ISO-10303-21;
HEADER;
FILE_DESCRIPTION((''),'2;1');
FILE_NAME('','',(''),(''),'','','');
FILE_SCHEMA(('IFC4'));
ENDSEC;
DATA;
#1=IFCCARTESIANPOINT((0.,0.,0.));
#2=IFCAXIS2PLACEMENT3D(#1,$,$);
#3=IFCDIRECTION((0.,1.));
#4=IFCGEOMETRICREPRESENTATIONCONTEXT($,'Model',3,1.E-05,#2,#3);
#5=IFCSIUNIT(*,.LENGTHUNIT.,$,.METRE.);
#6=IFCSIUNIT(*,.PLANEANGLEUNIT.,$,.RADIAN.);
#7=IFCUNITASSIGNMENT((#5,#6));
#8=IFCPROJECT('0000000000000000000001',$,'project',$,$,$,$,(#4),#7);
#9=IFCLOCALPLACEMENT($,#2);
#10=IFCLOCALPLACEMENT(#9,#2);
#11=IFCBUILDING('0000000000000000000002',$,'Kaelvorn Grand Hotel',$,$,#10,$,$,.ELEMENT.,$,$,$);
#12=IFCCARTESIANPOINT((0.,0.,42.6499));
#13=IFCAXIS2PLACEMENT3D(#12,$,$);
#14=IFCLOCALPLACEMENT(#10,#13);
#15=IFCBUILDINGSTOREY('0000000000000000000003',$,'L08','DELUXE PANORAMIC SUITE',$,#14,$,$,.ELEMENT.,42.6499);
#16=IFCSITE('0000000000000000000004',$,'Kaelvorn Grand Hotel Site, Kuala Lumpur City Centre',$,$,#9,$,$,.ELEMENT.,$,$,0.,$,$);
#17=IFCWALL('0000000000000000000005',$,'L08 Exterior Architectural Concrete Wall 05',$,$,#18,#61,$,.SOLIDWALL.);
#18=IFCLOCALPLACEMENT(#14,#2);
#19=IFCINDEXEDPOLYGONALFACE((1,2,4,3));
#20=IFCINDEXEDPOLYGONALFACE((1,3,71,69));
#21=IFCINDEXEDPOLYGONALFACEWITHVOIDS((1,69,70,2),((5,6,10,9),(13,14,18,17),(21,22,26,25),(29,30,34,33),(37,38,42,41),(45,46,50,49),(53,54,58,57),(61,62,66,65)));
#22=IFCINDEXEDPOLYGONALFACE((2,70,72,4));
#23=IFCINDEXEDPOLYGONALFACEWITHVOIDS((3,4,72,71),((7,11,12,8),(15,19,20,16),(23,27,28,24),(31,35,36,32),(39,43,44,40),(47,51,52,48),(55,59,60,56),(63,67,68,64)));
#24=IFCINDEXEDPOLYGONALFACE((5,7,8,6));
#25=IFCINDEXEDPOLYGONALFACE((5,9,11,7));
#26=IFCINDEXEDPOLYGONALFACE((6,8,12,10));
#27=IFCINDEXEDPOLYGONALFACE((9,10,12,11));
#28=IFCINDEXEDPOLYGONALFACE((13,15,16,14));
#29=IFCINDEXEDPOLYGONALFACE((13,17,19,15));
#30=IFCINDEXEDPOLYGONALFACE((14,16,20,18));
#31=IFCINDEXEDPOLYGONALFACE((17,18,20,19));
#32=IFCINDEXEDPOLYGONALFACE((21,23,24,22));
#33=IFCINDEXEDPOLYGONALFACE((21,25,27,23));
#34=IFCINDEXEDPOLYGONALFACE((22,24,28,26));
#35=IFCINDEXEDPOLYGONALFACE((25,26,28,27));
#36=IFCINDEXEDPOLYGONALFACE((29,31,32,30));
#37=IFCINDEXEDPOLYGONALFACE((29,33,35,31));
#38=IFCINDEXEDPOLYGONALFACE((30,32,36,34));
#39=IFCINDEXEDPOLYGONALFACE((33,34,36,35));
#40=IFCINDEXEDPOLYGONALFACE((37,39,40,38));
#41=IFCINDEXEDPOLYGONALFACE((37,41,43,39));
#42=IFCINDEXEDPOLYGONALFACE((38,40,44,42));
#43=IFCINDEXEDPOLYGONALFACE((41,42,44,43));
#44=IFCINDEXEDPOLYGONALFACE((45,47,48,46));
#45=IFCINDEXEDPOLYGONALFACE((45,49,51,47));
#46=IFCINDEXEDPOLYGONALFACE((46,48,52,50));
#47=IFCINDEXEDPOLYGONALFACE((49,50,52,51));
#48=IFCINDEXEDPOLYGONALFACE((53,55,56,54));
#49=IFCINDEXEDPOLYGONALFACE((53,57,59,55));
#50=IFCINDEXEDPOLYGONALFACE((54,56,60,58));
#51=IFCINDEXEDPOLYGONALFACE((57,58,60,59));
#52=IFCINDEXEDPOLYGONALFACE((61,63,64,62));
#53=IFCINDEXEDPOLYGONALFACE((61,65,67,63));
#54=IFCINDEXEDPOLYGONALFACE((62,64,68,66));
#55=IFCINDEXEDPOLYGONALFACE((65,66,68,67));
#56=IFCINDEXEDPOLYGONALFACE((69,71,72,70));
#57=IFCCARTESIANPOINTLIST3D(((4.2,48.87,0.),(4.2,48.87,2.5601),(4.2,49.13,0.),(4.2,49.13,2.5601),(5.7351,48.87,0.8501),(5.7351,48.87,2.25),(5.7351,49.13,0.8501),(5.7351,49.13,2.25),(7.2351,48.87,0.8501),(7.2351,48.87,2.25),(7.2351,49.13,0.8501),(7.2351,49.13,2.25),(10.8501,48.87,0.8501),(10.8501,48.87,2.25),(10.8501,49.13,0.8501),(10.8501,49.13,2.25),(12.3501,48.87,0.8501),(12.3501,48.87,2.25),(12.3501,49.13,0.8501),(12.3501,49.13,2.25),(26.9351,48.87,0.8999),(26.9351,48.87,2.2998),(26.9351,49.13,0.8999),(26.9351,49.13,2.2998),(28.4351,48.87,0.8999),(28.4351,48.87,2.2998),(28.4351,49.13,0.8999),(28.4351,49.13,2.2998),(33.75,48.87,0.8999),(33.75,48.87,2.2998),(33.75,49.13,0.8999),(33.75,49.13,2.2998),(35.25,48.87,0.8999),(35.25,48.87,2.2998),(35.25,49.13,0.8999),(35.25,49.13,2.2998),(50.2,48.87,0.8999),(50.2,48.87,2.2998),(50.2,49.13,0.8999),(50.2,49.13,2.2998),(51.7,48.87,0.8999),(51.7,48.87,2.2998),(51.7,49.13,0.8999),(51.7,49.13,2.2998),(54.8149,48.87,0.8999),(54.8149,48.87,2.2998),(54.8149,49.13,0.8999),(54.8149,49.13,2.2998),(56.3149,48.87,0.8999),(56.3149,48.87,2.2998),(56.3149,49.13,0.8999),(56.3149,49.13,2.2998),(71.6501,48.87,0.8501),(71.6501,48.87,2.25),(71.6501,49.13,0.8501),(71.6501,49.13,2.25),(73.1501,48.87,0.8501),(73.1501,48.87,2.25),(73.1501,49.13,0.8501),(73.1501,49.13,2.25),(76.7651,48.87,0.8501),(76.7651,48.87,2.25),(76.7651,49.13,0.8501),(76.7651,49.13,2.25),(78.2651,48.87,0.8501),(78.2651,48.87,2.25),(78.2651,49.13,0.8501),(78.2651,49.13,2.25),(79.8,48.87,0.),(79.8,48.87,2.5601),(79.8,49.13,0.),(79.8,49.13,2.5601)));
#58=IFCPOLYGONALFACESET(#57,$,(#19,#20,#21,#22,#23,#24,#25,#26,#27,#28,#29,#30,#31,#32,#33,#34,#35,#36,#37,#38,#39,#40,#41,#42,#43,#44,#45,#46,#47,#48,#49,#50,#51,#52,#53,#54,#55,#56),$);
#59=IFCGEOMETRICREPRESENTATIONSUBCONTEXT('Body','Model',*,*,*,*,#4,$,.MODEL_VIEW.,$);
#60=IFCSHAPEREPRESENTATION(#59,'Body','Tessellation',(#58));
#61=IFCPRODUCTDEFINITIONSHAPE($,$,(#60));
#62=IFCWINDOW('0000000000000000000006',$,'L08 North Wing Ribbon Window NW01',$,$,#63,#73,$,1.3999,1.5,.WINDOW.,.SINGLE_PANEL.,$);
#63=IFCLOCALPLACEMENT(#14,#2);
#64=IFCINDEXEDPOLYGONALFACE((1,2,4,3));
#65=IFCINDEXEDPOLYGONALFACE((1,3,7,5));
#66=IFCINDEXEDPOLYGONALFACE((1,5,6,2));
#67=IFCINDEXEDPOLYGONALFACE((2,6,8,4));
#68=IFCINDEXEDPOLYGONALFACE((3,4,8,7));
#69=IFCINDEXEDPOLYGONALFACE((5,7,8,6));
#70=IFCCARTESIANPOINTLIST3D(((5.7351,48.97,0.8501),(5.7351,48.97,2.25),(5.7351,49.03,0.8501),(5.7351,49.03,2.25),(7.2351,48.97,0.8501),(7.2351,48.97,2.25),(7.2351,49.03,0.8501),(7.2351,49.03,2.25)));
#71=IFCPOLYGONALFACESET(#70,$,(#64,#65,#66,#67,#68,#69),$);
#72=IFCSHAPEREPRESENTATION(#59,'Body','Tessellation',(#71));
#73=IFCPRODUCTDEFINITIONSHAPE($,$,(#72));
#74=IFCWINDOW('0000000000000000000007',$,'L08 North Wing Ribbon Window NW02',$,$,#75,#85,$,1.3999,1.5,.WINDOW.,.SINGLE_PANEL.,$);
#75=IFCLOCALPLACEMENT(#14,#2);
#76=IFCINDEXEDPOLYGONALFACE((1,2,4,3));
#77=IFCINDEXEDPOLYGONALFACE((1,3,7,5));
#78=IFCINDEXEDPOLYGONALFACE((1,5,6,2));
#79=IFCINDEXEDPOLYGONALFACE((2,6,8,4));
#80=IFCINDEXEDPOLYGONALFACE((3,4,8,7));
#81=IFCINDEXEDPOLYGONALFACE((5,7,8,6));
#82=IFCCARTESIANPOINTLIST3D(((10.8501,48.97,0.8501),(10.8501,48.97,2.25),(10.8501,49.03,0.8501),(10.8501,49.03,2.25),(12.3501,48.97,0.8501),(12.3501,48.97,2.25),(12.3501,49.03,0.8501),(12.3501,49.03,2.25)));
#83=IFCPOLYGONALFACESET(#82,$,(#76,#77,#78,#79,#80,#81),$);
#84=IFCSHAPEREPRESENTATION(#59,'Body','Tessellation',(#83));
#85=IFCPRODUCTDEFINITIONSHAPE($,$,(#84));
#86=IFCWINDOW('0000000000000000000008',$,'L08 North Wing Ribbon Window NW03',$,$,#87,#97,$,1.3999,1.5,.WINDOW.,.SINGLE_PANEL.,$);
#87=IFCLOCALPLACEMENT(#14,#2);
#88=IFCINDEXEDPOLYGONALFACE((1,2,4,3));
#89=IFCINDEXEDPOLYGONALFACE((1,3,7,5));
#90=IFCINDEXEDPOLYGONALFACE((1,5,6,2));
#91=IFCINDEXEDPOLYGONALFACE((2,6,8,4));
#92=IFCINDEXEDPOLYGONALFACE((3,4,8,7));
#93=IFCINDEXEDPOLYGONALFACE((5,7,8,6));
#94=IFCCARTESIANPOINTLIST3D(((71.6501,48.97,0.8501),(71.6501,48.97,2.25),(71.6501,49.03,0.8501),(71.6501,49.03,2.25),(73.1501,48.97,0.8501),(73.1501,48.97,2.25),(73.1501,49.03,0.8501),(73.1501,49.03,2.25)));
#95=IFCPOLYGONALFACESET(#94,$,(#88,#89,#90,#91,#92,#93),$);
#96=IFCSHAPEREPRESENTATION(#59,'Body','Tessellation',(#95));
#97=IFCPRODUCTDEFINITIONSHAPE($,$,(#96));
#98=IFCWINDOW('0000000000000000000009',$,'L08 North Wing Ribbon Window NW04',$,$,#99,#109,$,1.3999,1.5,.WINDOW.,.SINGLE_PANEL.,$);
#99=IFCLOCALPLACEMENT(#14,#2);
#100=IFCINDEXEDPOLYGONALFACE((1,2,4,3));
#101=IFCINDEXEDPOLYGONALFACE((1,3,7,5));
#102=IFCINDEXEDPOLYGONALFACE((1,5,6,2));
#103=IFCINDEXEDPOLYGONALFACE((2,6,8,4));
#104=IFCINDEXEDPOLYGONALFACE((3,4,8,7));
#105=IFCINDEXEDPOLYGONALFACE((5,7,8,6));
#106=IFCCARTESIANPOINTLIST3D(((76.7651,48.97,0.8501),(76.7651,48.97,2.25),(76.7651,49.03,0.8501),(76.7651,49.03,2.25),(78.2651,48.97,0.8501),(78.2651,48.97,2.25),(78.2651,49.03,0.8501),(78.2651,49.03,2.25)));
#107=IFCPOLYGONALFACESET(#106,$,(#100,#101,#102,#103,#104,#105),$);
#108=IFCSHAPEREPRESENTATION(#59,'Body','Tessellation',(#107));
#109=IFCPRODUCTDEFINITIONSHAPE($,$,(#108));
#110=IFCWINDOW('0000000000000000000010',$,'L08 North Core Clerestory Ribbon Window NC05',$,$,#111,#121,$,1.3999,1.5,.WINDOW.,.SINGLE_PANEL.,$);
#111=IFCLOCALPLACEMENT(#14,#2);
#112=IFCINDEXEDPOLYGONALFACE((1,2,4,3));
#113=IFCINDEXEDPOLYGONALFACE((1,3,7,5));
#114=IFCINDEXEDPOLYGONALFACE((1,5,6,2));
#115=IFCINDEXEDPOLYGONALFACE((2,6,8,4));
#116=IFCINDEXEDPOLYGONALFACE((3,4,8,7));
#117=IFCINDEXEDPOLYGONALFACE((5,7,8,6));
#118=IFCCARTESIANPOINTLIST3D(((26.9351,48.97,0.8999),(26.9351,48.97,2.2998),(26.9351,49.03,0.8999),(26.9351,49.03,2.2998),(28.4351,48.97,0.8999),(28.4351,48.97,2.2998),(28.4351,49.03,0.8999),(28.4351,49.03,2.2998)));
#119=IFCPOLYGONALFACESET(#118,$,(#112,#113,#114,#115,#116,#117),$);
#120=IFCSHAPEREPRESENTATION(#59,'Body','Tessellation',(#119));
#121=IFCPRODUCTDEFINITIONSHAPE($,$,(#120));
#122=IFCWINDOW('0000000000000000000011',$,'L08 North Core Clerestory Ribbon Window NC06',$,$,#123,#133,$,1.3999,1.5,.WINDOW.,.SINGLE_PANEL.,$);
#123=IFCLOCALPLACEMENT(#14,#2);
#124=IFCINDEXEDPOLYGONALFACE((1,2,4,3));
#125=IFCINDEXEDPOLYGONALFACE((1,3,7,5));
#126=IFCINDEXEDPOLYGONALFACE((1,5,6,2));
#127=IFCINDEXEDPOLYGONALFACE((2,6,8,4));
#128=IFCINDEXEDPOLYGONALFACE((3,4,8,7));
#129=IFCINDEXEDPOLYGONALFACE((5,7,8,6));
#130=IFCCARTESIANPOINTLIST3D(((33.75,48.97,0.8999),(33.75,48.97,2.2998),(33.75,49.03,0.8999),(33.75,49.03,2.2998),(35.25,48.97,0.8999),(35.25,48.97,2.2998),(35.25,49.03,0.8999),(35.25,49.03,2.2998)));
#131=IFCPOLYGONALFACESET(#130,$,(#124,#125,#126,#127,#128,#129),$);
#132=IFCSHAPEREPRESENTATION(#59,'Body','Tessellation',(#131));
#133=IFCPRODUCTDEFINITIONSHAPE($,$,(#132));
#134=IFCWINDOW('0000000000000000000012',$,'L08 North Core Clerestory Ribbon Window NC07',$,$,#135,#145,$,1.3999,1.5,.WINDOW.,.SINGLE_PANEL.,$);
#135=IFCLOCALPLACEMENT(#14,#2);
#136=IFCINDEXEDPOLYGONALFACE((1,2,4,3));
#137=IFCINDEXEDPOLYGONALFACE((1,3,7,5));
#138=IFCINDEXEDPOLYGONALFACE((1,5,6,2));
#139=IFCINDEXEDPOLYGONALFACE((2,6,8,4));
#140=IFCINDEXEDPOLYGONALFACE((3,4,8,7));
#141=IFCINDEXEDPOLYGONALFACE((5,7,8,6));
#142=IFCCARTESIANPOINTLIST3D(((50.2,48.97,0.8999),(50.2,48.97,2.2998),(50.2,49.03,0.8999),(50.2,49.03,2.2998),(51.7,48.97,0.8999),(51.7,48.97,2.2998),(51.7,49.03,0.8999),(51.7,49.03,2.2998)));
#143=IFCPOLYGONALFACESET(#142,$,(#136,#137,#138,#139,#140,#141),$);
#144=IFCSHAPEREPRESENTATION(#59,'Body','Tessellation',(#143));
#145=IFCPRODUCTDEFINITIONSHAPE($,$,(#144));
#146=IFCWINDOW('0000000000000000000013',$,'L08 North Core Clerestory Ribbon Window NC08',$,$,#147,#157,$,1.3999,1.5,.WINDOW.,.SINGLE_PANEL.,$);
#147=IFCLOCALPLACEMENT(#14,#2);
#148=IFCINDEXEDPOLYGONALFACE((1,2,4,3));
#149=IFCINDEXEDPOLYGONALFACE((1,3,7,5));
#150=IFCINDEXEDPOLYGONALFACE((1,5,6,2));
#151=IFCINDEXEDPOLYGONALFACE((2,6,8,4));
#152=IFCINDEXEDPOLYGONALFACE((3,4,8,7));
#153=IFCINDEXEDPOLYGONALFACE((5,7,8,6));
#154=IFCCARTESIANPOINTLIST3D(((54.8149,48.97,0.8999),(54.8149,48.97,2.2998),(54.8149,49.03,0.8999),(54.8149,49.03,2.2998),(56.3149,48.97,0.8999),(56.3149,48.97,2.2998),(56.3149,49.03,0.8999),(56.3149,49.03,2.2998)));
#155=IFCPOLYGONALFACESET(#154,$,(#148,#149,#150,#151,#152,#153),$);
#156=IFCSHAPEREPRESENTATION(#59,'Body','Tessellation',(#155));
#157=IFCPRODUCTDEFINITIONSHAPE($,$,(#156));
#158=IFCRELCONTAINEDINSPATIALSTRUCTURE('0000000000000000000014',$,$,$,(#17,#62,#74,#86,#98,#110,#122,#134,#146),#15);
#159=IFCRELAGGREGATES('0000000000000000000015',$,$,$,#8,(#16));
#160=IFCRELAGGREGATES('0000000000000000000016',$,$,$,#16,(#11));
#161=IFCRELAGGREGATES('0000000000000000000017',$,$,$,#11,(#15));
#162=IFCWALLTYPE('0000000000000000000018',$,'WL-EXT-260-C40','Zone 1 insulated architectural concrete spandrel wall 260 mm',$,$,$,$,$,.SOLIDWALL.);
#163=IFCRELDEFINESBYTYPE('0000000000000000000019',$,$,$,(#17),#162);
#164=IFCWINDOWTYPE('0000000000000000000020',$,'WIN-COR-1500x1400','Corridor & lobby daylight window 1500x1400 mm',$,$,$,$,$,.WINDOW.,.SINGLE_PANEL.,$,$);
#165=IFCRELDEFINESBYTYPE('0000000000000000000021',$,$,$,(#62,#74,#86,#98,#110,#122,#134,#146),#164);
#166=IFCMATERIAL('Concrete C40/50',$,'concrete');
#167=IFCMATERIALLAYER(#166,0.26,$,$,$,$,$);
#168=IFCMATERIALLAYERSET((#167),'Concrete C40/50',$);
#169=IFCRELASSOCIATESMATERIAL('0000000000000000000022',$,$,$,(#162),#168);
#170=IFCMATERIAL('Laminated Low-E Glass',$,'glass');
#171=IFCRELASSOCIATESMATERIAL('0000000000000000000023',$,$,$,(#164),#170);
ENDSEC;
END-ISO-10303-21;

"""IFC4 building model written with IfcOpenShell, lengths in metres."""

from ifc_helpers import new_model, si_unit, direction, frame, frame_2d, origin, place, context, subcontext, project, spatial, rectangle, extrude, material, layer, layer_set, type_object, element, fill, save


model = new_model("IFC4")

# Units and contexts
model_context = context("Model", 3, precision=1e-05, world=origin(), true_north=direction((0.0, 1.0)))
body_context = subcontext(model_context, "Body", "Model", "MODEL_VIEW")
ifc_project = project(units=[si_unit("LENGTHUNIT", "METRE"), si_unit("PLANEANGLEUNIT", "RADIAN")], contexts=[model_context])

# Site, building, storey
site_placement = place(None, origin())
site = spatial("IfcSite", under=ifc_project, at=site_placement, Name="Kaelvorn Grand Hotel Site, Kuala Lumpur City Centre", CompositionType="ELEMENT", RefElevation=0.0)
building_placement = place(site_placement, origin())
building = spatial("IfcBuilding", under=site, at=building_placement, Name="Kaelvorn Grand Hotel", CompositionType="ELEMENT")
storey_placement = place(building_placement, frame((0.0, 0.0, 42.6499)))
storey = spatial("IfcBuildingStorey", under=building, at=storey_placement, Name="L08", Description="DELUXE PANORAMIC SUITE", CompositionType="ELEMENT", Elevation=42.6499)

# Shared definitions
ifc_material_1 = material(Name="Concrete C40/50", Category="concrete")
ifc_layer_1 = layer(ifc_material_1, 0.26)
ifc_layer_set_1 = layer_set([ifc_layer_1], Name="Concrete C40/50")
wall_type_1 = type_object("IfcWallType", Name="WL-EXT-260-C40", Description="Zone 1 insulated architectural concrete spandrel wall 260 mm", PredefinedType="SOLIDWALL", material=ifc_layer_set_1)

# Wall, openings, windows
wall_1_placement = place(storey_placement, frame((79.8, 49.0, 0.0), z_axis=(0.0, 0.0, 1.0), x_axis=(-1.0, 0.0, 0.0)))
wall_1 = element("IfcWall", 1, at=wall_1_placement, inside=storey, type_object=wall_type_1, Name="L08 Exterior Architectural Concrete Wall 05", PredefinedType="SOLIDWALL", context=body_context, shape_type="SweptSolid", body=[
    extrude(rectangle(XDim=75.6001, YDim=0.26, at=frame_2d((37.8, 0.0))), origin(), (0.0, 0.0, 1.0), 2.5601),
])
opening_1_placement = place(wall_1_placement, frame((72.5649, 0.0, 0.8501)))
opening_1 = element("IfcOpeningElement", 2, at=opening_1_placement, cuts=wall_1, PredefinedType="OPENING", context=body_context, shape_type="SweptSolid", body=[
    extrude(rectangle(XDim=1.5, YDim=1.3999, at=frame_2d((0.75, 0.7))), frame((0.0, 0.1401, 0.0), z_axis=(0.0, -1.0, 0.0), x_axis=(1.0, 0.0, 0.0)), (0.0, 0.0, 1.0), 0.28),
])
opening_2_placement = place(wall_1_placement, frame((67.45, 0.0, 0.8501)))
opening_2 = element("IfcOpeningElement", 3, at=opening_2_placement, cuts=wall_1, PredefinedType="OPENING", context=body_context, shape_type="SweptSolid", body=[
    extrude(rectangle(XDim=1.5, YDim=1.3999, at=frame_2d((0.75, 0.7))), frame((0.0, 0.1401, 0.0), z_axis=(0.0, -1.0, 0.0), x_axis=(1.0, 0.0, 0.0)), (0.0, 0.0, 1.0), 0.28),
])
opening_3_placement = place(wall_1_placement, frame((6.6499, 0.0, 0.8501)))
opening_3 = element("IfcOpeningElement", 4, at=opening_3_placement, cuts=wall_1, PredefinedType="OPENING", context=body_context, shape_type="SweptSolid", body=[
    extrude(rectangle(XDim=1.5, YDim=1.3999, at=frame_2d((0.75, 0.7))), frame((0.0, 0.1401, 0.0), z_axis=(0.0, -1.0, 0.0), x_axis=(1.0, 0.0, 0.0)), (0.0, 0.0, 1.0), 0.28),
])
opening_4_placement = place(wall_1_placement, frame((1.5349, 0.0, 0.8501)))
opening_4 = element("IfcOpeningElement", 5, at=opening_4_placement, cuts=wall_1, PredefinedType="OPENING", context=body_context, shape_type="SweptSolid", body=[
    extrude(rectangle(XDim=1.5, YDim=1.3999, at=frame_2d((0.75, 0.7))), frame((0.0, 0.1401, 0.0), z_axis=(0.0, -1.0, 0.0), x_axis=(1.0, 0.0, 0.0)), (0.0, 0.0, 1.0), 0.28),
])
opening_5_placement = place(wall_1_placement, frame((51.365, 0.0, 0.8999)))
opening_5 = element("IfcOpeningElement", 6, at=opening_5_placement, cuts=wall_1, PredefinedType="OPENING", context=body_context, shape_type="SweptSolid", body=[
    extrude(rectangle(XDim=1.5, YDim=1.3999, at=frame_2d((0.75, 0.7))), frame((0.0, 0.1401, 0.0), z_axis=(0.0, -1.0, 0.0), x_axis=(1.0, 0.0, 0.0)), (0.0, 0.0, 1.0), 0.28),
])
opening_6_placement = place(wall_1_placement, frame((44.55, 0.0, 0.8999)))
opening_6 = element("IfcOpeningElement", 7, at=opening_6_placement, cuts=wall_1, PredefinedType="OPENING", context=body_context, shape_type="SweptSolid", body=[
    extrude(rectangle(XDim=1.5, YDim=1.3999, at=frame_2d((0.75, 0.7))), frame((0.0, 0.1401, 0.0), z_axis=(0.0, -1.0, 0.0), x_axis=(1.0, 0.0, 0.0)), (0.0, 0.0, 1.0), 0.28),
])
opening_7_placement = place(wall_1_placement, frame((28.1001, 0.0, 0.8999)))
opening_7 = element("IfcOpeningElement", 8, at=opening_7_placement, cuts=wall_1, PredefinedType="OPENING", context=body_context, shape_type="SweptSolid", body=[
    extrude(rectangle(XDim=1.5, YDim=1.3999, at=frame_2d((0.75, 0.7))), frame((0.0, 0.1401, 0.0), z_axis=(0.0, -1.0, 0.0), x_axis=(1.0, 0.0, 0.0)), (0.0, 0.0, 1.0), 0.28),
])
opening_8_placement = place(wall_1_placement, frame((23.4851, 0.0, 0.8999)))
opening_8 = element("IfcOpeningElement", 9, at=opening_8_placement, cuts=wall_1, PredefinedType="OPENING", context=body_context, shape_type="SweptSolid", body=[
    extrude(rectangle(XDim=1.5, YDim=1.3999, at=frame_2d((0.75, 0.7))), frame((0.0, 0.1401, 0.0), z_axis=(0.0, -1.0, 0.0), x_axis=(1.0, 0.0, 0.0)), (0.0, 0.0, 1.0), 0.28),
])
ifc_material_2 = material(Name="Laminated Low-E Glass", Category="glass")
window_type = type_object("IfcWindowType", Name="WIN-COR-1500x1400", Description="Corridor & lobby daylight window 1500x1400 mm", PartitioningType="SINGLE_PANEL", PredefinedType="WINDOW", material=ifc_material_2)
window_1_placement = place(opening_1_placement, origin())
window_1 = element("IfcWindow", 10, at=window_1_placement, inside=storey, type_object=window_type, Name="L08 North Wing Ribbon Window NW01", OverallHeight=1.3999, OverallWidth=1.5, PartitioningType="SINGLE_PANEL", PredefinedType="WINDOW", context=body_context, shape_type="SweptSolid", body=[
    extrude(rectangle(XDim=1.5, YDim=1.3999, at=frame_2d((0.75, 0.7))), frame((0.0, 0.03, 0.0), z_axis=(0.0, -1.0, 0.0), x_axis=(1.0, 0.0, 0.0)), (0.0, 0.0, 1.0), 0.0601),
])
fill(opening_1, window_1)
window_2_placement = place(opening_2_placement, origin())
window_2 = element("IfcWindow", 11, at=window_2_placement, inside=storey, type_object=window_type, Name="L08 North Wing Ribbon Window NW02", OverallHeight=1.3999, OverallWidth=1.5, PartitioningType="SINGLE_PANEL", PredefinedType="WINDOW", context=body_context, shape_type="SweptSolid", body=[
    extrude(rectangle(XDim=1.5, YDim=1.3999, at=frame_2d((0.75, 0.7))), frame((0.0, 0.03, 0.0), z_axis=(0.0, -1.0, 0.0), x_axis=(1.0, 0.0, 0.0)), (0.0, 0.0, 1.0), 0.0601),
])
fill(opening_2, window_2)
window_3_placement = place(opening_3_placement, origin())
window_3 = element("IfcWindow", 12, at=window_3_placement, inside=storey, type_object=window_type, Name="L08 North Wing Ribbon Window NW03", OverallHeight=1.3999, OverallWidth=1.5, PartitioningType="SINGLE_PANEL", PredefinedType="WINDOW", context=body_context, shape_type="SweptSolid", body=[
    extrude(rectangle(XDim=1.5, YDim=1.3999, at=frame_2d((0.75, 0.7))), frame((0.0, 0.03, 0.0), z_axis=(0.0, -1.0, 0.0), x_axis=(1.0, 0.0, 0.0)), (0.0, 0.0, 1.0), 0.0601),
])
fill(opening_3, window_3)
window_4_placement = place(opening_4_placement, origin())
window_4 = element("IfcWindow", 13, at=window_4_placement, inside=storey, type_object=window_type, Name="L08 North Wing Ribbon Window NW04", OverallHeight=1.3999, OverallWidth=1.5, PartitioningType="SINGLE_PANEL", PredefinedType="WINDOW", context=body_context, shape_type="SweptSolid", body=[
    extrude(rectangle(XDim=1.5, YDim=1.3999, at=frame_2d((0.75, 0.7))), frame((0.0, 0.03, 0.0), z_axis=(0.0, -1.0, 0.0), x_axis=(1.0, 0.0, 0.0)), (0.0, 0.0, 1.0), 0.0601),
])
fill(opening_4, window_4)
window_5_placement = place(opening_5_placement, origin())
window_5 = element("IfcWindow", 14, at=window_5_placement, inside=storey, type_object=window_type, Name="L08 North Core Clerestory Ribbon Window NC05", OverallHeight=1.3999, OverallWidth=1.5, PartitioningType="SINGLE_PANEL", PredefinedType="WINDOW", context=body_context, shape_type="SweptSolid", body=[
    extrude(rectangle(XDim=1.5, YDim=1.3999, at=frame_2d((0.75, 0.7))), frame((0.0, 0.03, 0.0), z_axis=(0.0, -1.0, 0.0), x_axis=(1.0, 0.0, 0.0)), (0.0, 0.0, 1.0), 0.0601),
])
fill(opening_5, window_5)
window_6_placement = place(opening_6_placement, origin())
window_6 = element("IfcWindow", 15, at=window_6_placement, inside=storey, type_object=window_type, Name="L08 North Core Clerestory Ribbon Window NC06", OverallHeight=1.3999, OverallWidth=1.5, PartitioningType="SINGLE_PANEL", PredefinedType="WINDOW", context=body_context, shape_type="SweptSolid", body=[
    extrude(rectangle(XDim=1.5, YDim=1.3999, at=frame_2d((0.75, 0.7))), frame((0.0, 0.03, 0.0), z_axis=(0.0, -1.0, 0.0), x_axis=(1.0, 0.0, 0.0)), (0.0, 0.0, 1.0), 0.0601),
])
fill(opening_6, window_6)
window_7_placement = place(opening_7_placement, origin())
window_7 = element("IfcWindow", 16, at=window_7_placement, inside=storey, type_object=window_type, Name="L08 North Core Clerestory Ribbon Window NC07", OverallHeight=1.3999, OverallWidth=1.5, PartitioningType="SINGLE_PANEL", PredefinedType="WINDOW", context=body_context, shape_type="SweptSolid", body=[
    extrude(rectangle(XDim=1.5, YDim=1.3999, at=frame_2d((0.75, 0.7))), frame((0.0, 0.03, 0.0), z_axis=(0.0, -1.0, 0.0), x_axis=(1.0, 0.0, 0.0)), (0.0, 0.0, 1.0), 0.0601),
])
fill(opening_7, window_7)
window_8_placement = place(opening_8_placement, origin())
window_8 = element("IfcWindow", 17, at=window_8_placement, inside=storey, type_object=window_type, Name="L08 North Core Clerestory Ribbon Window NC08", OverallHeight=1.3999, OverallWidth=1.5, PartitioningType="SINGLE_PANEL", PredefinedType="WINDOW", context=body_context, shape_type="SweptSolid", body=[
    extrude(rectangle(XDim=1.5, YDim=1.3999, at=frame_2d((0.75, 0.7))), frame((0.0, 0.03, 0.0), z_axis=(0.0, -1.0, 0.0), x_axis=(1.0, 0.0, 0.0)), (0.0, 0.0, 1.0), 0.0601),
])
fill(opening_8, window_8)

save(model, "model.ifc")
